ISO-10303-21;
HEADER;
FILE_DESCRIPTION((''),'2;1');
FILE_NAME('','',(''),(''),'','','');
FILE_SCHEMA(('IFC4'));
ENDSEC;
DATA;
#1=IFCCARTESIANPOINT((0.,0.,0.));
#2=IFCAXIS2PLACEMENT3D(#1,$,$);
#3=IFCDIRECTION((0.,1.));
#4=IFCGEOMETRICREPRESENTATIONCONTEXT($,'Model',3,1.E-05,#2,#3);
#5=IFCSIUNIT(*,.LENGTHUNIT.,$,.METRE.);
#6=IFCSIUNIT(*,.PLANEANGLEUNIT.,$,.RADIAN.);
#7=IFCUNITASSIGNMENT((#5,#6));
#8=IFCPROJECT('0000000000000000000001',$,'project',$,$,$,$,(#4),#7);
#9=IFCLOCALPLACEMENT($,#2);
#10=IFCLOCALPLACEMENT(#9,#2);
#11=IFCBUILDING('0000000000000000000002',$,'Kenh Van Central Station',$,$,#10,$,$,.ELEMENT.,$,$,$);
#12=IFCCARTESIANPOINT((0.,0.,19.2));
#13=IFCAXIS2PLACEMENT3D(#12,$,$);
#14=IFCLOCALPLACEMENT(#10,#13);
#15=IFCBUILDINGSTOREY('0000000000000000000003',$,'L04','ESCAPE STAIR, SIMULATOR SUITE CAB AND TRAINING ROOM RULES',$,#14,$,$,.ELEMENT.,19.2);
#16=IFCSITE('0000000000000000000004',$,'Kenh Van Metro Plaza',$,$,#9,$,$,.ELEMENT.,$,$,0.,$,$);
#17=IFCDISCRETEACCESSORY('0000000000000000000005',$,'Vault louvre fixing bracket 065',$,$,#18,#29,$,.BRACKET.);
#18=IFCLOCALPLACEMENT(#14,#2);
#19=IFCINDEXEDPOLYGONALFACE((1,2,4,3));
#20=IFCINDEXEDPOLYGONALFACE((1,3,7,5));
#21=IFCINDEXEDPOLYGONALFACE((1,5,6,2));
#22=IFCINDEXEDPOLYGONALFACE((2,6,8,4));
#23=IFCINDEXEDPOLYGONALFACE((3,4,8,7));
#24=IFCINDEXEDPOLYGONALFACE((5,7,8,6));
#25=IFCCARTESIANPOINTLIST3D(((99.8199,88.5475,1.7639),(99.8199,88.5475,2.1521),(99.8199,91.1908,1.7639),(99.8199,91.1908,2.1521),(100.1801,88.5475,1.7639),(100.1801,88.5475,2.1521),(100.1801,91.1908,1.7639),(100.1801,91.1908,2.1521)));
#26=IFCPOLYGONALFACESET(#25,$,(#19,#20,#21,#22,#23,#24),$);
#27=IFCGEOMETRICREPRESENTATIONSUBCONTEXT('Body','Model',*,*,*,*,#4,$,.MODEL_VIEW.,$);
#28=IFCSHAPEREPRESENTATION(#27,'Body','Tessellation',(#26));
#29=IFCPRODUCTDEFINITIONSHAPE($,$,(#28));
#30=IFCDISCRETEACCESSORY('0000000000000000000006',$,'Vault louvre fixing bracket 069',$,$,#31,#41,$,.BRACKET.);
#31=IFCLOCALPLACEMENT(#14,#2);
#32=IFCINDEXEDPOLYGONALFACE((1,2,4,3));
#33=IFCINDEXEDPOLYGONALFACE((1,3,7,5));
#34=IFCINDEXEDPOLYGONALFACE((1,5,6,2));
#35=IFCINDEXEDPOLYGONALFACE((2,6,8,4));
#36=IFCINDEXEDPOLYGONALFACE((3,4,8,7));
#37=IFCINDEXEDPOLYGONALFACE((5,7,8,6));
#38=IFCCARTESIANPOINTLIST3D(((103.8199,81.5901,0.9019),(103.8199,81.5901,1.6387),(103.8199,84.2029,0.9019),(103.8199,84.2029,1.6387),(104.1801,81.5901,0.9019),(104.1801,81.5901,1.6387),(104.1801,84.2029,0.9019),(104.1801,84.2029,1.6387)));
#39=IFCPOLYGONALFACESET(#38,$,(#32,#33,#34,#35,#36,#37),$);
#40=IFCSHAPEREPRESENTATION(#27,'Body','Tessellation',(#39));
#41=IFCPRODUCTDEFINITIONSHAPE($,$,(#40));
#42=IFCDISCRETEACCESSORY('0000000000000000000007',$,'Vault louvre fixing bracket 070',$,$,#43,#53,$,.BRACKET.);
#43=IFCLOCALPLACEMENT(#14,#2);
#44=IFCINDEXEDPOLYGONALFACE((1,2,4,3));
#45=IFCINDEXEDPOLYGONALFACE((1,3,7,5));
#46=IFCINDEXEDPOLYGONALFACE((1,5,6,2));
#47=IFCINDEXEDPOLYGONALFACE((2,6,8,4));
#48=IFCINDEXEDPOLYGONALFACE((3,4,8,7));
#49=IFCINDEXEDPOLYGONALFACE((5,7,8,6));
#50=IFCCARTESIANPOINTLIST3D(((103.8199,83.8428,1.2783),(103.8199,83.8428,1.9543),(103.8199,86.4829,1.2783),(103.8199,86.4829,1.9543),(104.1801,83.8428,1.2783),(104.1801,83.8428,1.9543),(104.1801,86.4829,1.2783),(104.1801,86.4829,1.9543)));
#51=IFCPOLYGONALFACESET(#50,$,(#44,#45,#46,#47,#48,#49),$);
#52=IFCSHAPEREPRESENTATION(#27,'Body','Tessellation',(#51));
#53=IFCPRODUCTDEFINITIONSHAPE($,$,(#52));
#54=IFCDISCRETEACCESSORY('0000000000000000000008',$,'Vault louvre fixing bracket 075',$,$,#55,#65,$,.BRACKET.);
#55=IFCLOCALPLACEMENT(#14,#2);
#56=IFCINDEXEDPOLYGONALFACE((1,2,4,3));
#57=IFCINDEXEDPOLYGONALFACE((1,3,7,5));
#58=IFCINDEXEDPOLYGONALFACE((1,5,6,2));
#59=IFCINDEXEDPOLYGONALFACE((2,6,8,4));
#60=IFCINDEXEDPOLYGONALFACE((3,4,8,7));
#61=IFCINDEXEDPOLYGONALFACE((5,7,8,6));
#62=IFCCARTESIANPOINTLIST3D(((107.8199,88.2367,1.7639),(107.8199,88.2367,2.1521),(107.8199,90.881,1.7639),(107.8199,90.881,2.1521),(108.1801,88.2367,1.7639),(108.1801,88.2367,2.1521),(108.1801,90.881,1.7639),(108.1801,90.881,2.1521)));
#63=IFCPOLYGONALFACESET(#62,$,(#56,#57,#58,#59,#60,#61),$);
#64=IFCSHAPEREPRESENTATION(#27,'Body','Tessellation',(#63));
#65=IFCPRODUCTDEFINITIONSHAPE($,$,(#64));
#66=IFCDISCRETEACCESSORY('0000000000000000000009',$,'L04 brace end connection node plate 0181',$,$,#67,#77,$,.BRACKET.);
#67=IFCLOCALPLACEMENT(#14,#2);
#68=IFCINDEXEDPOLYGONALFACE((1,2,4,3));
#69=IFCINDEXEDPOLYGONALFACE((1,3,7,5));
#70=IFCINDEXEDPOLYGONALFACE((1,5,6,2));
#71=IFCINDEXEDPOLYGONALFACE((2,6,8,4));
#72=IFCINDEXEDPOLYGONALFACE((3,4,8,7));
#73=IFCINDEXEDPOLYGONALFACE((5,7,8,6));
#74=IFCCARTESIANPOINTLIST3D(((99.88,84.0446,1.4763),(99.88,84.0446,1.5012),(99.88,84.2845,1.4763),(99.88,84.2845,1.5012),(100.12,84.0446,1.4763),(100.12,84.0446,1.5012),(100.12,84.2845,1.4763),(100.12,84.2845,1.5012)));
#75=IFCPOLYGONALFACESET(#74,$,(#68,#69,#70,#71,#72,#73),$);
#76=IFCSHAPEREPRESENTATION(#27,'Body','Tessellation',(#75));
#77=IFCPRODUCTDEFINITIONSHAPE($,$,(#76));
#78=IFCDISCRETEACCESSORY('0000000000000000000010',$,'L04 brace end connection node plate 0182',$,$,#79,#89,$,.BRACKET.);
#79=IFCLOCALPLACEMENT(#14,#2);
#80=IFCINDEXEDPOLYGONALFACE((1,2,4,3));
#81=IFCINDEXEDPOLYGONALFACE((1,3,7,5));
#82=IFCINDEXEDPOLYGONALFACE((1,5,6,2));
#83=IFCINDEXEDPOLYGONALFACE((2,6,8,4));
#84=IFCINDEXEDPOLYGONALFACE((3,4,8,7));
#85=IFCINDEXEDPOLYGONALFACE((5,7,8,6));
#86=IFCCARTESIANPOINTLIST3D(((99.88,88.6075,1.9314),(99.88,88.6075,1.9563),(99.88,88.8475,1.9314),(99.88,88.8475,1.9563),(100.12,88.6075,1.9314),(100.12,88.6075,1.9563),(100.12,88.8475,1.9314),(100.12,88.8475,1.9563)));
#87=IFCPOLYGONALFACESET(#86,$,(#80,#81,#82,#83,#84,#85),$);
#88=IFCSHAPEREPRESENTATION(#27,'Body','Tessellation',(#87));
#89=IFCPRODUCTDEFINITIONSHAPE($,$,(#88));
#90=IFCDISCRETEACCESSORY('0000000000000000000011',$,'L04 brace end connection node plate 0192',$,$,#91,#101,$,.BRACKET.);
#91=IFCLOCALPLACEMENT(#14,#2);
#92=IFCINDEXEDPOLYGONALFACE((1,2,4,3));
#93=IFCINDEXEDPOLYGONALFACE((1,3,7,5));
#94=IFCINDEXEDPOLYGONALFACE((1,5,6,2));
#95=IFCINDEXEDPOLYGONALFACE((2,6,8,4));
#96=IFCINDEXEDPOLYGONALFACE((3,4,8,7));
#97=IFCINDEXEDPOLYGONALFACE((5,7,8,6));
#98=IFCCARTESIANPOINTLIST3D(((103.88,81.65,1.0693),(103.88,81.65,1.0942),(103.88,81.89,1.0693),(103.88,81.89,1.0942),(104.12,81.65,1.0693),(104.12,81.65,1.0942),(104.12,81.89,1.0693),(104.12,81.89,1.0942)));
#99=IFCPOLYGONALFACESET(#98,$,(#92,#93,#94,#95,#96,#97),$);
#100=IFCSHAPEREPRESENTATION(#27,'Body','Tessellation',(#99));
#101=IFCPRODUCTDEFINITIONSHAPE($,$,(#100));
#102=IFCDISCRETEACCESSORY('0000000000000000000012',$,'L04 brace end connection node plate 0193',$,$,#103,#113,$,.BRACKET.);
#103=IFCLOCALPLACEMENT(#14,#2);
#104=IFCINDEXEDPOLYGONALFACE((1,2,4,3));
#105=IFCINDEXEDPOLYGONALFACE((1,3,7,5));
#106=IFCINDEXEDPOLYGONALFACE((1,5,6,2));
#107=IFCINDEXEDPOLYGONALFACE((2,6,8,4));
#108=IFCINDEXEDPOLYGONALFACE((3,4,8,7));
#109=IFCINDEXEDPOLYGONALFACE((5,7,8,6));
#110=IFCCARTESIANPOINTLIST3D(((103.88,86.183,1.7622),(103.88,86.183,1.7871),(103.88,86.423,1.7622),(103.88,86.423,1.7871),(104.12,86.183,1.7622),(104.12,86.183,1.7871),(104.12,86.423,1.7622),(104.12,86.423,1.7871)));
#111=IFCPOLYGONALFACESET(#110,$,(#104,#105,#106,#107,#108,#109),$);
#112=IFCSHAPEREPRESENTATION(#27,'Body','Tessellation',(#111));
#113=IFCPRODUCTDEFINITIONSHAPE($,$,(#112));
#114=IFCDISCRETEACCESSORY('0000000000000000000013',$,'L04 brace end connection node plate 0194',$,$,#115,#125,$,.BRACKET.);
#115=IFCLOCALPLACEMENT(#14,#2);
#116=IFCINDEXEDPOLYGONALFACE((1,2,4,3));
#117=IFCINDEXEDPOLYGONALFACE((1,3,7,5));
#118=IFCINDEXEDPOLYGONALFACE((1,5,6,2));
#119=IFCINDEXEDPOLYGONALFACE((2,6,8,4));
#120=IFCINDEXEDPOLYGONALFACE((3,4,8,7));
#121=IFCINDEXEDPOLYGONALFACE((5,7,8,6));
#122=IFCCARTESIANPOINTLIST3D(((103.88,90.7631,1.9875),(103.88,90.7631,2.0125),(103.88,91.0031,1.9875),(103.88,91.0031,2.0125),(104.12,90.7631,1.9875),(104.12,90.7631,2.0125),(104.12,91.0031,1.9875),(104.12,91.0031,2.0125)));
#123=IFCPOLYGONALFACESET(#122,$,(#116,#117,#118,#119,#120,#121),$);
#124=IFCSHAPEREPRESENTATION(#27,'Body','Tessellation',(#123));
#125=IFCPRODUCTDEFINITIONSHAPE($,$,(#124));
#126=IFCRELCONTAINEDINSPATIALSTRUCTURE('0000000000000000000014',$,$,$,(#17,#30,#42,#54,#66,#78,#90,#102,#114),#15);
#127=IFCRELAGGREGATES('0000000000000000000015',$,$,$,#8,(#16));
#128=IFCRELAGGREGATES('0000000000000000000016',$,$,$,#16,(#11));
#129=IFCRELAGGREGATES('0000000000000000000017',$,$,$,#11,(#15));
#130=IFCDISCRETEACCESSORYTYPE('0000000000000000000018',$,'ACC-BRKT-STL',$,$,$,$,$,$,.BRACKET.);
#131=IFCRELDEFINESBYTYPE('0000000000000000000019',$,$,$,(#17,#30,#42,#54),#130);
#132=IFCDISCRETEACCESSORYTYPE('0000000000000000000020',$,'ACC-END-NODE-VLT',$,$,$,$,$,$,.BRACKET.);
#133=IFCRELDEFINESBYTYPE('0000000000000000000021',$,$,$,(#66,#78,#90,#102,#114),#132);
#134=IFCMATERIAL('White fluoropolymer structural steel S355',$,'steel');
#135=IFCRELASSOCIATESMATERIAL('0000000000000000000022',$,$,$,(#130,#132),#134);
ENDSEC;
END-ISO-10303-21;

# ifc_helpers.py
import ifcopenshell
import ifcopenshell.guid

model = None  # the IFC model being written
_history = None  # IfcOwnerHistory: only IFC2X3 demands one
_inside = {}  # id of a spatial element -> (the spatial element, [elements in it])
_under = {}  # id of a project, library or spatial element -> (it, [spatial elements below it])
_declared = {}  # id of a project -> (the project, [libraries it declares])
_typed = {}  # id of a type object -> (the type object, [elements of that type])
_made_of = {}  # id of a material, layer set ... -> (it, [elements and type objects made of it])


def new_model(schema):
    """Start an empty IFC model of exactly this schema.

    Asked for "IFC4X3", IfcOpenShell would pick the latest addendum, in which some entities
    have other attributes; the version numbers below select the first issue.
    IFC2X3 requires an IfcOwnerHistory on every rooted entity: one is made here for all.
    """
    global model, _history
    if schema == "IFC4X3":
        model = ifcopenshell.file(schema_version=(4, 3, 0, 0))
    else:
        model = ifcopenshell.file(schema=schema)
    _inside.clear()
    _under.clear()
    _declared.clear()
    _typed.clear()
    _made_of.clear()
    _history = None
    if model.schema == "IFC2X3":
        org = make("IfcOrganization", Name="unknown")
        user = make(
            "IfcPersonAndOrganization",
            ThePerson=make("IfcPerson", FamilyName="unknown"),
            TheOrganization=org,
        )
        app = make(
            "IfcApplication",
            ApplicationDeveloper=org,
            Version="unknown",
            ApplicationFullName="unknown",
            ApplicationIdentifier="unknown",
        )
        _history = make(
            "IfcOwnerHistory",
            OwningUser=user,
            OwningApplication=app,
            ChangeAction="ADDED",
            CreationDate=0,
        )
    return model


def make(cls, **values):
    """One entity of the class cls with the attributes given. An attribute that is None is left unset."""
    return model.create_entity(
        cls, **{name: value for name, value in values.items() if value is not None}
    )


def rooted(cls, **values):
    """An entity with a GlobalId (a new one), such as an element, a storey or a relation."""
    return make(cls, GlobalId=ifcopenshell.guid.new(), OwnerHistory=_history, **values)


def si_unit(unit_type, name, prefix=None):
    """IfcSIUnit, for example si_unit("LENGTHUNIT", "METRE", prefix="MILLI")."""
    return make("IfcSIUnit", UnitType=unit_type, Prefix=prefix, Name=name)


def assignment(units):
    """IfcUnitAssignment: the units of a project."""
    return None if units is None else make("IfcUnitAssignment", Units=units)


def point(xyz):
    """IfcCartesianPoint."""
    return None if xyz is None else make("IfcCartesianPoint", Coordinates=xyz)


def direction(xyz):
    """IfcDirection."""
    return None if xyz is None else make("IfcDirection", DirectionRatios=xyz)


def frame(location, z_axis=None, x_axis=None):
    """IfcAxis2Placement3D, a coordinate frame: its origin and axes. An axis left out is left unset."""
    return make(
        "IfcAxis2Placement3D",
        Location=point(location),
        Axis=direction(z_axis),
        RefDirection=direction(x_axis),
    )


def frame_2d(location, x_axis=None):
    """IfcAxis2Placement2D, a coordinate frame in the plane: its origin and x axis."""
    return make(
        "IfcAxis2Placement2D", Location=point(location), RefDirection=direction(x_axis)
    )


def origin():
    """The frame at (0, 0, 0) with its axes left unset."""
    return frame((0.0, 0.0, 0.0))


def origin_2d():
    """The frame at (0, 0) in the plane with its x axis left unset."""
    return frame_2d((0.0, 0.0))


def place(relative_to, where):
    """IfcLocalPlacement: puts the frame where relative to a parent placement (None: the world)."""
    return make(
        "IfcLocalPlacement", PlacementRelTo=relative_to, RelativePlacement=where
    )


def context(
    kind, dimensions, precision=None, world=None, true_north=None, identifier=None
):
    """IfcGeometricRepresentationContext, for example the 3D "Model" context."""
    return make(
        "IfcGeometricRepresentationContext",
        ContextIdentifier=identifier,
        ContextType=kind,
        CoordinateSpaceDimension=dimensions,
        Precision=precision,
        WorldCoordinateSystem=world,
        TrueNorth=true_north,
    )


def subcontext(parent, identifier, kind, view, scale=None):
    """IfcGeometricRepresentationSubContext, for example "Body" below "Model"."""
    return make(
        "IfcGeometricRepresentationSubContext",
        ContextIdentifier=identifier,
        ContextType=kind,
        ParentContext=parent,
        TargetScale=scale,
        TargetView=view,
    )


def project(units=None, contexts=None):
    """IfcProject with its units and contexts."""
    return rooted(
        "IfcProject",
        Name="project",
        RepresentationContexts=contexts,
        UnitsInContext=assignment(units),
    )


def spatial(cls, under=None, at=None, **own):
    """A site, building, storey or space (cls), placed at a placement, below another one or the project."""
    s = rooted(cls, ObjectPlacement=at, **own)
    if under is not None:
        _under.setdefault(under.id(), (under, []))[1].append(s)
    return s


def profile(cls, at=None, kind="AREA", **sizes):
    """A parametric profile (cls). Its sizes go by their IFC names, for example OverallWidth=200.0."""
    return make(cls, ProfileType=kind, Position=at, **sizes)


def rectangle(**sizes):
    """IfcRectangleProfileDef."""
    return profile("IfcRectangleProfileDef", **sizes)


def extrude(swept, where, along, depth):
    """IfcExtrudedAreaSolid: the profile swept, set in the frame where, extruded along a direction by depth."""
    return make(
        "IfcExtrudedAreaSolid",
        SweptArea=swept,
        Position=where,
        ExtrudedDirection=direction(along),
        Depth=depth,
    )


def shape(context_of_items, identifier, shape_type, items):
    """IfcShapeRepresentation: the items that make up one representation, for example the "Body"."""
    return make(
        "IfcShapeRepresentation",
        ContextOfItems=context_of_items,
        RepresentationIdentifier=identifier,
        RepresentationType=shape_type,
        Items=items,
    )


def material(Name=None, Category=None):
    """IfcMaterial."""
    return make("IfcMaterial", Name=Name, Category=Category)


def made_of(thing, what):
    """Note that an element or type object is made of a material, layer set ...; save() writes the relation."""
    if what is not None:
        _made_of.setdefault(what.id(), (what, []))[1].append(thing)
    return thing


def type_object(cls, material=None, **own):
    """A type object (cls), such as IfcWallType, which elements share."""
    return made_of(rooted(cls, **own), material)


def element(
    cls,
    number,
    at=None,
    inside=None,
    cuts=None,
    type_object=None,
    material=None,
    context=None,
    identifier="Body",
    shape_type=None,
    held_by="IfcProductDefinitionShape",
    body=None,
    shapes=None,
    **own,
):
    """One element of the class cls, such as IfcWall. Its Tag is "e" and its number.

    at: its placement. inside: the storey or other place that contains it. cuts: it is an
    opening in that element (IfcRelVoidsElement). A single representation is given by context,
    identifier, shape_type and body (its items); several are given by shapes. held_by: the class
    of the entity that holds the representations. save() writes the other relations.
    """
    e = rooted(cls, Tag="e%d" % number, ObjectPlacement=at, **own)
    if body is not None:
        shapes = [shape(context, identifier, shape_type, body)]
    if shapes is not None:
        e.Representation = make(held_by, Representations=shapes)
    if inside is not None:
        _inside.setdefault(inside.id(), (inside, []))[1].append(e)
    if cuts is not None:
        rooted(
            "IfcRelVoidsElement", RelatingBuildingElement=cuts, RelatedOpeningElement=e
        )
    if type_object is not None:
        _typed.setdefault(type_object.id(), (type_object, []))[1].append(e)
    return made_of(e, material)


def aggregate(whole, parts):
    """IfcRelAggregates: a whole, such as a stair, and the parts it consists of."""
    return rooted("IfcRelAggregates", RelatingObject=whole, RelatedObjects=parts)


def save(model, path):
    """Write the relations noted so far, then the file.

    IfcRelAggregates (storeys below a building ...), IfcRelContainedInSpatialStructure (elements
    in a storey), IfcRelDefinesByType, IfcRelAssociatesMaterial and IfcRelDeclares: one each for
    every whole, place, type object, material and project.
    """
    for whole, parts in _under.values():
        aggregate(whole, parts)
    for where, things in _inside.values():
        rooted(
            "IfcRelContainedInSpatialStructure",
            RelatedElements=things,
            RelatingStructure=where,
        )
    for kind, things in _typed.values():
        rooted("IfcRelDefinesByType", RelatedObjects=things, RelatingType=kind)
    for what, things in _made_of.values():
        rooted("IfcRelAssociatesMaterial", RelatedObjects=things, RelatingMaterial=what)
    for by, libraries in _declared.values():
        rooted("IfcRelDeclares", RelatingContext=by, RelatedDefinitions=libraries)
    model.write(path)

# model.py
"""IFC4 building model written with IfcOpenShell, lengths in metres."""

from ifc_helpers import new_model, si_unit, direction, frame, origin, origin_2d, place, context, subcontext, project, spatial, rectangle, extrude, material, type_object, element, save


model = new_model("IFC4")

# Units and contexts
model_context = context("Model", 3, precision=1e-05, world=origin(), true_north=direction((0.0, 1.0)))
body_context = subcontext(model_context, "Body", "Model", "MODEL_VIEW")
ifc_project = project(units=[si_unit("LENGTHUNIT", "METRE"), si_unit("PLANEANGLEUNIT", "RADIAN")], contexts=[model_context])

# Site, building, storey
site_placement = place(None, origin())
site = spatial("IfcSite", under=ifc_project, at=site_placement, Name="Kenh Van Metro Plaza", CompositionType="ELEMENT", RefElevation=0.0)
building_placement = place(site_placement, origin())
building = spatial("IfcBuilding", under=site, at=building_placement, Name="Kenh Van Central Station", CompositionType="ELEMENT")
storey_placement = place(building_placement, frame((0.0, 0.0, 19.2)))
storey = spatial("IfcBuildingStorey", under=building, at=storey_placement, Name="L04", Description="ESCAPE STAIR, SIMULATOR SUITE CAB AND TRAINING ROOM RULES", CompositionType="ELEMENT", Elevation=19.2)

# Shared definitions
ifc_material_1 = material(Name="White fluoropolymer structural steel S355", Category="steel")

# Discrete accessories
discrete_accessory_type_1 = type_object("IfcDiscreteAccessoryType", Name="ACC-BRKT-STL", PredefinedType="BRACKET", material=ifc_material_1)
discrete_accessory_1_placement = place(storey_placement, frame((100.0, 89.8691, 1.7639), z_axis=(0.0, 0.0, 1.0), x_axis=(1.0, 0.0, 0.0)))
element("IfcDiscreteAccessory", 1, at=discrete_accessory_1_placement, inside=storey, type_object=discrete_accessory_type_1, Name="Vault louvre fixing bracket 065", PredefinedType="BRACKET", context=body_context, shape_type="SweptSolid", body=[
    extrude(rectangle(XDim=0.3601, YDim=2.6433, at=origin_2d()), origin(), (0.0, 0.0, 1.0), 0.3882),
])
discrete_accessory_2_placement = place(storey_placement, frame((104.0, 82.8965, 0.9019), z_axis=(0.0, 0.0, 1.0), x_axis=(1.0, 0.0, 0.0)))
element("IfcDiscreteAccessory", 2, at=discrete_accessory_2_placement, inside=storey, type_object=discrete_accessory_type_1, Name="Vault louvre fixing bracket 069", PredefinedType="BRACKET", context=body_context, shape_type="SweptSolid", body=[
    extrude(rectangle(XDim=0.3601, YDim=2.6128, at=origin_2d()), origin(), (0.0, 0.0, 1.0), 0.7368),
])
discrete_accessory_3_placement = place(storey_placement, frame((104.0, 85.1628, 1.2783), z_axis=(0.0, 0.0, 1.0), x_axis=(1.0, 0.0, 0.0)))
element("IfcDiscreteAccessory", 3, at=discrete_accessory_3_placement, inside=storey, type_object=discrete_accessory_type_1, Name="Vault louvre fixing bracket 070", PredefinedType="BRACKET", context=body_context, shape_type="SweptSolid", body=[
    extrude(rectangle(XDim=0.3601, YDim=2.6401, at=origin_2d()), origin(), (0.0, 0.0, 1.0), 0.676),
])
discrete_accessory_4_placement = place(storey_placement, frame((108.0, 89.5588, 1.7639), z_axis=(0.0, 0.0, 1.0), x_axis=(1.0, 0.0, 0.0)))
element("IfcDiscreteAccessory", 4, at=discrete_accessory_4_placement, inside=storey, type_object=discrete_accessory_type_1, Name="Vault louvre fixing bracket 075", PredefinedType="BRACKET", context=body_context, shape_type="SweptSolid", body=[
    extrude(rectangle(XDim=0.3601, YDim=2.6443, at=origin_2d()), origin(), (0.0, 0.0, 1.0), 0.3882),
])
discrete_accessory_type_2 = type_object("IfcDiscreteAccessoryType", Name="ACC-END-NODE-VLT", PredefinedType="BRACKET", material=ifc_material_1)
for number, where, z_axis, x_axis, name in (
    (5, (100.0, 84.1646, 1.4763), (0.0, 0.0, 1.0), (1.0, 0.0, 0.0), "L04 brace end connection node plate 0181"),
    (6, (100.0, 88.7275, 1.9314), (0.0, 0.0, 1.0), (1.0, 0.0, 0.0), "L04 brace end connection node plate 0182"),
    (7, (104.0, 81.77, 1.0693), (0.0, 0.0, 1.0), (1.0, 0.0, 0.0), "L04 brace end connection node plate 0192"),
    (8, (104.0, 86.303, 1.7622), (0.0, 0.0, 1.0), (1.0, 0.0, 0.0), "L04 brace end connection node plate 0193"),
    (9, (104.0, 90.8831, 1.9875), (0.0, 0.0, 1.0), (1.0, 0.0, 0.0), "L04 brace end connection node plate 0194"),
):
    element("IfcDiscreteAccessory", number, at=place(storey_placement, frame(where, z_axis=z_axis, x_axis=x_axis)), inside=storey, type_object=discrete_accessory_type_2, Name=name, PredefinedType="BRACKET", context=body_context, shape_type="SweptSolid", body=[
        extrude(rectangle(XDim=0.24, YDim=0.24, at=origin_2d()), origin(), (0.0, 0.0, 1.0), 0.0249),
    ])

save(model, "model.ifc")
